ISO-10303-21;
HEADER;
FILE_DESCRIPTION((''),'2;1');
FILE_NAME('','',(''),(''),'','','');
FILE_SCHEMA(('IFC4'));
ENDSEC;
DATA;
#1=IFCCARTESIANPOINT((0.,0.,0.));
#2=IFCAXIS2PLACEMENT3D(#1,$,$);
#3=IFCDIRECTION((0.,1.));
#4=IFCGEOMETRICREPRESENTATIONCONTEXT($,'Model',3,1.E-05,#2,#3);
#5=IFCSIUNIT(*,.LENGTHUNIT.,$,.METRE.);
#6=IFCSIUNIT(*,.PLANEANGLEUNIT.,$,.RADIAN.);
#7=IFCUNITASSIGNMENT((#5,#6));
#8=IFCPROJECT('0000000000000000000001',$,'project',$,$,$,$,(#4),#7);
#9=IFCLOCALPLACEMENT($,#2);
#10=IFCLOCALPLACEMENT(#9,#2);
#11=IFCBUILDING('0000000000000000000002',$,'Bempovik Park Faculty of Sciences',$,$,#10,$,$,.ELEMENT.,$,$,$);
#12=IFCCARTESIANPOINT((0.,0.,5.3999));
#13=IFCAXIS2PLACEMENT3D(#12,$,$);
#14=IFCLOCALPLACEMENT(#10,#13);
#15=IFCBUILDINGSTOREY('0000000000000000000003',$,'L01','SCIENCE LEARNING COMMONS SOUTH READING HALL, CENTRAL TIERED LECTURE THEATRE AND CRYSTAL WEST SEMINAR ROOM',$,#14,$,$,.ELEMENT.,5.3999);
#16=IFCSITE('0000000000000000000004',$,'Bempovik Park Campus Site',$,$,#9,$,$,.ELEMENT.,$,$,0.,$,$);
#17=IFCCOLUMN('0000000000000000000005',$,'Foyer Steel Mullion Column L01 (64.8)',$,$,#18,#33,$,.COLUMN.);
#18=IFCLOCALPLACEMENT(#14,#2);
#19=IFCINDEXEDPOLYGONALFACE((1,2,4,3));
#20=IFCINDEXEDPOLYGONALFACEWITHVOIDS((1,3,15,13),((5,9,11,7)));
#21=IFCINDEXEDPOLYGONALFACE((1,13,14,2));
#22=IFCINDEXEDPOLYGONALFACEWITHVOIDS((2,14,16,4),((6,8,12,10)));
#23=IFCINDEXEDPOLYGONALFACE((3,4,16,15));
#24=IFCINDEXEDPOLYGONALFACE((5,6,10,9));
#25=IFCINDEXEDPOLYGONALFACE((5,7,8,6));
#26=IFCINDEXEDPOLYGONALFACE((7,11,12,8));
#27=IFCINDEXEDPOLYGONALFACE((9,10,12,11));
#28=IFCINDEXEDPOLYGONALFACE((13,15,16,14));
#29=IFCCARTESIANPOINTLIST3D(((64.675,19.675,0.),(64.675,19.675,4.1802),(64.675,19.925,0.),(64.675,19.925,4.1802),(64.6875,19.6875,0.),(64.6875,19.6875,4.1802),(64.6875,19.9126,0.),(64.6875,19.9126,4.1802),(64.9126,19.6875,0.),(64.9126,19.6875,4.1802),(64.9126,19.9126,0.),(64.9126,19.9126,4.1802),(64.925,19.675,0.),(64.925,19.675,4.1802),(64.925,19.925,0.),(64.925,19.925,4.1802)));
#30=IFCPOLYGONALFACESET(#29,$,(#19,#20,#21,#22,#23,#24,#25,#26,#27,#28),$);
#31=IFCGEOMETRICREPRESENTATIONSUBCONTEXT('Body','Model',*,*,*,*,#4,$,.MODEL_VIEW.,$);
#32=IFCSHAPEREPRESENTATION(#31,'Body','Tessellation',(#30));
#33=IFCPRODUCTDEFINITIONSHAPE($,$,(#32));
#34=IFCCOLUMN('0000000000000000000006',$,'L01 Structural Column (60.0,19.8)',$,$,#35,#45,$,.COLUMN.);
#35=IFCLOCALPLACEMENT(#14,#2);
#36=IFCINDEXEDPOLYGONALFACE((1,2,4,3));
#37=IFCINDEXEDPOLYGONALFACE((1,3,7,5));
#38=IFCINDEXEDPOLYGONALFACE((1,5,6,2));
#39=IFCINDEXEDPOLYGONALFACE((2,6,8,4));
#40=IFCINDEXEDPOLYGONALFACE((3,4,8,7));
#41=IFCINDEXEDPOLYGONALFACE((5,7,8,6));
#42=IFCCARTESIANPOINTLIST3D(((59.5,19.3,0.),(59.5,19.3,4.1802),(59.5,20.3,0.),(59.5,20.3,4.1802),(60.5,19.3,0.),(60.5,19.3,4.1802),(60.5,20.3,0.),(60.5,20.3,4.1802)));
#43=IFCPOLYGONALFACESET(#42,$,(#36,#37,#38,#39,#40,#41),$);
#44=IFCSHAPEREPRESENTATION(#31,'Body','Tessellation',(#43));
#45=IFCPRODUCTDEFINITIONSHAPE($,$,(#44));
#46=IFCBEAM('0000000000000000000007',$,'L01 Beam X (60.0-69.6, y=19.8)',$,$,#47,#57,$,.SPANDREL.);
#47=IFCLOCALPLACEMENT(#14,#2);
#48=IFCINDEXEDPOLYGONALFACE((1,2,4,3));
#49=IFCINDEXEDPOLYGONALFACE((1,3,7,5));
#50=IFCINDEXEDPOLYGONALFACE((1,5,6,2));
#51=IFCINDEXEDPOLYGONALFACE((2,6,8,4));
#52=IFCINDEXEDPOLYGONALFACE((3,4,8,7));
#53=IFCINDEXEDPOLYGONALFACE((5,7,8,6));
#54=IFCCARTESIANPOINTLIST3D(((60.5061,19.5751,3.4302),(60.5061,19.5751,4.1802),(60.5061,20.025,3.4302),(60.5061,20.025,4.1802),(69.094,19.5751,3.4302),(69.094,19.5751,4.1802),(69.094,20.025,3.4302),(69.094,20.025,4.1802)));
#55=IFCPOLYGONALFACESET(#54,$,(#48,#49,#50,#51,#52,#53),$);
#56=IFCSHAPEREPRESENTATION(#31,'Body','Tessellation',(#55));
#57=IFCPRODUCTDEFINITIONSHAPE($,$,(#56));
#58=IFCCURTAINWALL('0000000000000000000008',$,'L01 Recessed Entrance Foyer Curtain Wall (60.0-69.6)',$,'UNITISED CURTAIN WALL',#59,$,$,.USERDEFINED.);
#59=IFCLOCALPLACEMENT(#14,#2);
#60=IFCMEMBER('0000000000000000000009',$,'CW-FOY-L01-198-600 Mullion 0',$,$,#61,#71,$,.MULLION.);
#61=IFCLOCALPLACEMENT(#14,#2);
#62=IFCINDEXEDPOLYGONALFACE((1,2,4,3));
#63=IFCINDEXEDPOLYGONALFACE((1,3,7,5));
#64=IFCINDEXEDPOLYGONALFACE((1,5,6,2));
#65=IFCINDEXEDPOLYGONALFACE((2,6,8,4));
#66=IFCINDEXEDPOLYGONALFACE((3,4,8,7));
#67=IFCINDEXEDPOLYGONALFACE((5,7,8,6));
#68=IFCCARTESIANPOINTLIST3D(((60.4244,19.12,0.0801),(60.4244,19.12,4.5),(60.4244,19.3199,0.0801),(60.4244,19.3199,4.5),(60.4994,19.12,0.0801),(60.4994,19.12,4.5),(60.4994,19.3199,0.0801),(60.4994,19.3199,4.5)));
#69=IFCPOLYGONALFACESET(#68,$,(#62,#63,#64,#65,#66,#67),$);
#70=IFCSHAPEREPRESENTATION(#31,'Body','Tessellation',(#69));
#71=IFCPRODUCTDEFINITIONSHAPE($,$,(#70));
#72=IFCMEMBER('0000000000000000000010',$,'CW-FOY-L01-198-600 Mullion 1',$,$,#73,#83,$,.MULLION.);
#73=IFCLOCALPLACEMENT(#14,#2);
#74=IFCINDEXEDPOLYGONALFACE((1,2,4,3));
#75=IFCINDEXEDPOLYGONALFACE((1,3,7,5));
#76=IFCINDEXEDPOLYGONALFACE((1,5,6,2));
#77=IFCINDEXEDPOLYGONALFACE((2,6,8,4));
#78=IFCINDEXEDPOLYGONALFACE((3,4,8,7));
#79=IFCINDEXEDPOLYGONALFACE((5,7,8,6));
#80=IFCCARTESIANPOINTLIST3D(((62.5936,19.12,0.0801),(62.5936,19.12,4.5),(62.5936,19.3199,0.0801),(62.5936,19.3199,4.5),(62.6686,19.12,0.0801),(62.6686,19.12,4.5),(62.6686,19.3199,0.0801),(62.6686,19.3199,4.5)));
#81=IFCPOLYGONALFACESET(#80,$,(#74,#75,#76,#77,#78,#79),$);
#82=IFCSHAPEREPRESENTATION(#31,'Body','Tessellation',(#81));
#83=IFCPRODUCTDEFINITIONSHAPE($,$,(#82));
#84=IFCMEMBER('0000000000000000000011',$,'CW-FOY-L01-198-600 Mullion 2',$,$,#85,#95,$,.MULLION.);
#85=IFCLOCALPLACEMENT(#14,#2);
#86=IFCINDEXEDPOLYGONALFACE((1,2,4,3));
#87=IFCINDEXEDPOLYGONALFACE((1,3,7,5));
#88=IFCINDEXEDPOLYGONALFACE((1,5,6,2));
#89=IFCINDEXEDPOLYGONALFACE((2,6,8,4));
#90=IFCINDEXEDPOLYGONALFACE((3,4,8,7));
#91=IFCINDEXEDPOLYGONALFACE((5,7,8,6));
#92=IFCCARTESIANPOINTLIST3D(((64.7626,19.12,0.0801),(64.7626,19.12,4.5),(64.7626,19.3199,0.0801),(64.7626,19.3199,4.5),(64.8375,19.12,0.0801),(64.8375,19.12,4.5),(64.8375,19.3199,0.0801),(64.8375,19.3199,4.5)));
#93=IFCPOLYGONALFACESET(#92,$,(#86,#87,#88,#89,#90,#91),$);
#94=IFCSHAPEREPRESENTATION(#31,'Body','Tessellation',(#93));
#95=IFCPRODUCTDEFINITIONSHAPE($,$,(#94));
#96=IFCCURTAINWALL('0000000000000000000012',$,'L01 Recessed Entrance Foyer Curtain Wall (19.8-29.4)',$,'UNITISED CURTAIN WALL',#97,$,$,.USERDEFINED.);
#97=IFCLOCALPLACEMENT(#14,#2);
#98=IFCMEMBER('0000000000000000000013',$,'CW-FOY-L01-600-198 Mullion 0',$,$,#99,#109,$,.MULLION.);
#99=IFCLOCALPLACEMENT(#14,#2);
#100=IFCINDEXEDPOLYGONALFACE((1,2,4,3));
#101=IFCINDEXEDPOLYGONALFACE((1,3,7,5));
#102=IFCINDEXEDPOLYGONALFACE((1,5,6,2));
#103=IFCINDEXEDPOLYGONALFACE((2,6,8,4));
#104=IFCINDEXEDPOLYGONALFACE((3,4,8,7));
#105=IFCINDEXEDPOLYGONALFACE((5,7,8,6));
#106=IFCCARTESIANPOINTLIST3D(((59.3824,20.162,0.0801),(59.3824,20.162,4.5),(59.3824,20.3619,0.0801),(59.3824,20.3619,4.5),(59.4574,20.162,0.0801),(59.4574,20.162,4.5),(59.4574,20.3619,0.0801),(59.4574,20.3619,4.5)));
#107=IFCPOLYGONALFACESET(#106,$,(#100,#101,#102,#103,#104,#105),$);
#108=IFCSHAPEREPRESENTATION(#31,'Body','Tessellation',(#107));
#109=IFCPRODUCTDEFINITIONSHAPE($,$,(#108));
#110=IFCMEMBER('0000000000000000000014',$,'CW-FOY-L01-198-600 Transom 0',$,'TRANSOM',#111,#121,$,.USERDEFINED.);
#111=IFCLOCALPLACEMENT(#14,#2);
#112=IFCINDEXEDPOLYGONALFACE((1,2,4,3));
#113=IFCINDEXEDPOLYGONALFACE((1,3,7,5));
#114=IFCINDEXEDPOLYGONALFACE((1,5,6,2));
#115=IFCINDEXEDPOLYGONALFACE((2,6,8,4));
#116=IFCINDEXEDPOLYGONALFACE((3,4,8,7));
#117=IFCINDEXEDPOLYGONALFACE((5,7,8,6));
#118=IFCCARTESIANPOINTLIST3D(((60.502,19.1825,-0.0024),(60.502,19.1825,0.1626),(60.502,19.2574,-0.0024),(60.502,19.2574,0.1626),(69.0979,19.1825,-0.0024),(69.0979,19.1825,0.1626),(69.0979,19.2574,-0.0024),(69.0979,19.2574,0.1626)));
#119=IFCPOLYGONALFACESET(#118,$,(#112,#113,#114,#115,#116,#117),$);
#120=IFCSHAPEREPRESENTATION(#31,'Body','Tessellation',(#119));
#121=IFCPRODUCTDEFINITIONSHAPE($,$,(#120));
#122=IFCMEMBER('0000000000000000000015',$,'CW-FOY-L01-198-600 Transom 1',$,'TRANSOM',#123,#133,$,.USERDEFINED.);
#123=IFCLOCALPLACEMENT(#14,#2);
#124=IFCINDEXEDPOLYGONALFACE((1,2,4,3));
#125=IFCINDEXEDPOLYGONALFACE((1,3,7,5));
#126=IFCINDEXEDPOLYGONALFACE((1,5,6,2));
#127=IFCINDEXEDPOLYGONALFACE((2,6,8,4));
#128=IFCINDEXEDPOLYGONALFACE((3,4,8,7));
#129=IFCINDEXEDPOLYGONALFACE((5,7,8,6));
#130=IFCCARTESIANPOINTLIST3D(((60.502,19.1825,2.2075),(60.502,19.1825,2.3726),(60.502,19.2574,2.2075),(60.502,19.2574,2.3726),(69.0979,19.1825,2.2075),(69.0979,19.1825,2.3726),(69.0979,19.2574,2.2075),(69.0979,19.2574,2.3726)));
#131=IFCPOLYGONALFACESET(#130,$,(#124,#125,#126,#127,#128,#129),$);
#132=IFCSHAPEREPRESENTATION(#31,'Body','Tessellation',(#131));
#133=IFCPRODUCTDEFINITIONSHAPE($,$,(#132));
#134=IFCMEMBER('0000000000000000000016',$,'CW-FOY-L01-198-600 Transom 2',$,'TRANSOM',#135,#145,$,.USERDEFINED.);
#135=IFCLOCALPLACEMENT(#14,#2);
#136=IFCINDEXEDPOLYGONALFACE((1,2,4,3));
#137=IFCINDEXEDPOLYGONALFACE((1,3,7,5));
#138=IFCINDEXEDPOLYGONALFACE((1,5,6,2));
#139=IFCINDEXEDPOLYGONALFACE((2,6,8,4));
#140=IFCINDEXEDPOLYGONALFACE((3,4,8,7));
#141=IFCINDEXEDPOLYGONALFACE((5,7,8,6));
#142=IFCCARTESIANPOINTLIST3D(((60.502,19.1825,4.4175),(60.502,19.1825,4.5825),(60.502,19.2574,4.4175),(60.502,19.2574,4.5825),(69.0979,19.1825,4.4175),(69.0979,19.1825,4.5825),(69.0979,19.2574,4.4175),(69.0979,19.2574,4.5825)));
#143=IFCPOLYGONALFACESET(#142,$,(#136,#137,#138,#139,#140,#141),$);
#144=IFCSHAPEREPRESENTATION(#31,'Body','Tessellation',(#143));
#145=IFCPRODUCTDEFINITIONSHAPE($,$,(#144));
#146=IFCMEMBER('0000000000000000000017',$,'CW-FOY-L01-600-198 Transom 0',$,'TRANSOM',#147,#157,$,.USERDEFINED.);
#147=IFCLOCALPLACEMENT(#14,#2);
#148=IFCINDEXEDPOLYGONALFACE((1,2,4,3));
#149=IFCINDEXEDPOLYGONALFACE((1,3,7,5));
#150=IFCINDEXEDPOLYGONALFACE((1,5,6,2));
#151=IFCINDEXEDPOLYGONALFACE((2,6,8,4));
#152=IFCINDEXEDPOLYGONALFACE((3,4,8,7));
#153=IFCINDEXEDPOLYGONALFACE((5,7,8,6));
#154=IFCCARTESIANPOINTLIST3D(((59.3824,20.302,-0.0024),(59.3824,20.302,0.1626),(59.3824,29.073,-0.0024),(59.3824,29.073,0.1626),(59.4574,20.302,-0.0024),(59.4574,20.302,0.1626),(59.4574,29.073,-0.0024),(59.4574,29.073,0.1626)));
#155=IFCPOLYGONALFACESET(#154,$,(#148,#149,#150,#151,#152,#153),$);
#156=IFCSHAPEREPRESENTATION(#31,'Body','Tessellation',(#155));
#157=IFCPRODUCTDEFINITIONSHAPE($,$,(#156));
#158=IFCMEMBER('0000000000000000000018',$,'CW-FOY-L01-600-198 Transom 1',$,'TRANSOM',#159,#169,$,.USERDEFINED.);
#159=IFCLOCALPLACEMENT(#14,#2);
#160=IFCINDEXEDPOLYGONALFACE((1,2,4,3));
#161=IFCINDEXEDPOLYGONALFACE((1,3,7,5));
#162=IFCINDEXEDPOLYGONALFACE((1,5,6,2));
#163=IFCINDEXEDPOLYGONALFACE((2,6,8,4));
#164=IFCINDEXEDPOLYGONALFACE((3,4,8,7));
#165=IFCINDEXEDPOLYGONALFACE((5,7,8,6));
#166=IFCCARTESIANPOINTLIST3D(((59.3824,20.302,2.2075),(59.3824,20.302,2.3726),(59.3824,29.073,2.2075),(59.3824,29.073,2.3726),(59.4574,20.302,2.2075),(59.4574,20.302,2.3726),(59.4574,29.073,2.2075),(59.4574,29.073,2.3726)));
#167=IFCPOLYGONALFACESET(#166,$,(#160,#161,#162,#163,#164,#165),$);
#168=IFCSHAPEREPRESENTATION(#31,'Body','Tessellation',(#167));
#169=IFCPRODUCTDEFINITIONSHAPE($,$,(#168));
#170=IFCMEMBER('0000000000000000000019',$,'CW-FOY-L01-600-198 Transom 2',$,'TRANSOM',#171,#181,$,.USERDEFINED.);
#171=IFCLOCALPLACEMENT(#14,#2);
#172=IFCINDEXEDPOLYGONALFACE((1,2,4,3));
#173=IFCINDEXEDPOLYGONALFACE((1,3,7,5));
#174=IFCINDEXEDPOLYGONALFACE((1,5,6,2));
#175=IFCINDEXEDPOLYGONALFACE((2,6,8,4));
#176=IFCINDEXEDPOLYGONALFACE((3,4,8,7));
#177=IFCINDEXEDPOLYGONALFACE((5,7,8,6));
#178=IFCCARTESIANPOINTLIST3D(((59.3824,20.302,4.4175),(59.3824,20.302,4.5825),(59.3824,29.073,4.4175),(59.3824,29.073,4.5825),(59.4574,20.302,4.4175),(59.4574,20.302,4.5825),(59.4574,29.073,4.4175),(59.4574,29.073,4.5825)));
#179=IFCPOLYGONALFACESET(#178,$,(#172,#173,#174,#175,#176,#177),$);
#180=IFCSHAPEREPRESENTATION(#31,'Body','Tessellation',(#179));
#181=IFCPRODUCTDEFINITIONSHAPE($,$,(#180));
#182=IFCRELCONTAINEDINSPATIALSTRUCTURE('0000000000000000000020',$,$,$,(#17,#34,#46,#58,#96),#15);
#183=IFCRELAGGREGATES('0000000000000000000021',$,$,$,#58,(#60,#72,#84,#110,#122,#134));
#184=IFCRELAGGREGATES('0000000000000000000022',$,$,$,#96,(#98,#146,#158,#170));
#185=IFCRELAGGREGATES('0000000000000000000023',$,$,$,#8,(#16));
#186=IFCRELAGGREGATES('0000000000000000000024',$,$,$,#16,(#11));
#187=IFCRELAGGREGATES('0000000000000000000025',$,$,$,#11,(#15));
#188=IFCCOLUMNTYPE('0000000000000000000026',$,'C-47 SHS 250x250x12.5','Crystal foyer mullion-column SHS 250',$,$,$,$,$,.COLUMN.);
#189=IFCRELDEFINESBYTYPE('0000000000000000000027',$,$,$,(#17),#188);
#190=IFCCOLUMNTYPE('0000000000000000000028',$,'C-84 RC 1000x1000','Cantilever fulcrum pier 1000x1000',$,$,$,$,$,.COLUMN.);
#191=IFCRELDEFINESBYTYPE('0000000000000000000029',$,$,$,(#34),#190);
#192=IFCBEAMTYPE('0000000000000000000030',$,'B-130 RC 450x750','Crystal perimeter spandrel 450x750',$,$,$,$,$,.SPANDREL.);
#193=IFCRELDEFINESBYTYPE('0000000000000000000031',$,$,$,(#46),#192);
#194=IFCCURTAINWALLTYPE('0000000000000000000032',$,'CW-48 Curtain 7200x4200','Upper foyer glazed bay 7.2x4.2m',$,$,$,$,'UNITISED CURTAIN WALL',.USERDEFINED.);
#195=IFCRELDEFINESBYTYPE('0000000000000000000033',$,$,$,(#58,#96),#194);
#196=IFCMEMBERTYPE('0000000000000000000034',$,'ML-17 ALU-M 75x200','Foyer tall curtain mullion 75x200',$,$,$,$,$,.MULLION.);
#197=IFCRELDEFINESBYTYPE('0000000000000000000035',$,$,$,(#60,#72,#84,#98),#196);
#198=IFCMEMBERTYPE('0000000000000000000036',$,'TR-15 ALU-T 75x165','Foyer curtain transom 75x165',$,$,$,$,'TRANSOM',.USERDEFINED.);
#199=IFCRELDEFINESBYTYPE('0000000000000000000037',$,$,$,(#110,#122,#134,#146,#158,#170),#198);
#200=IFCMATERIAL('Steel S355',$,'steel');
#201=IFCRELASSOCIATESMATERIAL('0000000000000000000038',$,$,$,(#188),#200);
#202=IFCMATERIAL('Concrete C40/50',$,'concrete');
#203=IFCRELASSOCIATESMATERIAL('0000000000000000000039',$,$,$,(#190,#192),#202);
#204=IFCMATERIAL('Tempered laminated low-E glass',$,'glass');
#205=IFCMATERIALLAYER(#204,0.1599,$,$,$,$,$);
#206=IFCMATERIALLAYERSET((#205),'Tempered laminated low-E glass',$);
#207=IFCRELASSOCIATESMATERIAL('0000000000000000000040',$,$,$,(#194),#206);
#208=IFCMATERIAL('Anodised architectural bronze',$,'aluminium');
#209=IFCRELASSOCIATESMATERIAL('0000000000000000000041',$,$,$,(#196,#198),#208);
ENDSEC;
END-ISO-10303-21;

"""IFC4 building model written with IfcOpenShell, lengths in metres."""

from ifc_helpers import new_model, si_unit, direction, frame, origin, origin_2d, place, context, subcontext, project, spatial, rectangle, hollow_rectangle, extrude, material, layer, layer_set, material_profile, profile_set, type_object, element, aggregate, save


model = new_model("IFC4")

# Units and contexts
model_context = context("Model", 3, precision=1e-05, world=origin(), true_north=direction((0.0, 1.0)))
body_context = subcontext(model_context, "Body", "Model", "MODEL_VIEW")
ifc_project = project(units=[si_unit("LENGTHUNIT", "METRE"), si_unit("PLANEANGLEUNIT", "RADIAN")], contexts=[model_context])

# Site, building, storey
site_placement = place(None, origin())
site = spatial("IfcSite", under=ifc_project, at=site_placement, Name="Bempovik Park Campus Site", CompositionType="ELEMENT", RefElevation=0.0)
building_placement = place(site_placement, origin())
building = spatial("IfcBuilding", under=site, at=building_placement, Name="Bempovik Park Faculty of Sciences", CompositionType="ELEMENT")
storey_placement = place(building_placement, frame((0.0, 0.0, 5.3999)))
storey = spatial("IfcBuildingStorey", under=building, at=storey_placement, Name="L01", Description="SCIENCE LEARNING COMMONS SOUTH READING HALL, CENTRAL TIERED LECTURE THEATRE AND CRYSTAL WEST SEMINAR ROOM", CompositionType="ELEMENT", Elevation=5.3999)

# Columns
ifc_material_1 = material(Name="Steel S355", Category="steel")
ifc_material_profile_1 = material_profile(ifc_material_1, hollow_rectangle(XDim=0.25, YDim=0.25, WallThickness=0.0125, at=origin_2d()), Name="SHS 250x250x12.5")
ifc_profile_set_1 = profile_set([ifc_material_profile_1], Name="Steel S355")
column_type_1 = type_object("IfcColumnType", Name="C-47 SHS 250x250x12.5", Description="Crystal foyer mullion-column SHS 250", PredefinedType="COLUMN", material=ifc_profile_set_1)
column_1_placement = place(storey_placement, frame((64.8, 19.8, 0.0), z_axis=(0.0, 0.0, 1.0), x_axis=(1.0, 0.0, 0.0)))
element("IfcColumn", 1, at=column_1_placement, inside=storey, type_object=column_type_1, Name="Foyer Steel Mullion Column L01 (64.8)", PredefinedType="COLUMN", context=body_context, shape_type="SweptSolid", body=[
    extrude(hollow_rectangle(XDim=0.25, YDim=0.25, WallThickness=0.0125, at=origin_2d()), origin(), (0.0, 0.0, 1.0), 4.1802),
])
ifc_material_2 = material(Name="Concrete C40/50", Category="concrete")
ifc_material_profile_2 = material_profile(ifc_material_2, rectangle(XDim=1.0, YDim=1.0, at=origin_2d()), Name="RC 1000x1000")
ifc_profile_set_2 = profile_set([ifc_material_profile_2], Name="Concrete C40/50")
column_type_2 = type_object("IfcColumnType", Name="C-84 RC 1000x1000", Description="Cantilever fulcrum pier 1000x1000", PredefinedType="COLUMN", material=ifc_profile_set_2)
column_2_placement = place(storey_placement, frame((60.0, 19.8, 0.0), z_axis=(0.0, 0.0, 1.0), x_axis=(1.0, 0.0, 0.0)))
element("IfcColumn", 2, at=column_2_placement, inside=storey, type_object=column_type_2, Name="L01 Structural Column (60.0,19.8)", PredefinedType="COLUMN", context=body_context, shape_type="SweptSolid", body=[
    extrude(rectangle(XDim=1.0, YDim=1.0, at=origin_2d()), origin(), (0.0, 0.0, 1.0), 4.1802),
])

# Beam
ifc_material_profile_3 = material_profile(ifc_material_2, rectangle(XDim=0.45, YDim=0.75, at=origin_2d()), Name="RC 450x750")
ifc_profile_set_3 = profile_set([ifc_material_profile_3], Name="Concrete C40/50")
beam_type = type_object("IfcBeamType", Name="B-130 RC 450x750", Description="Crystal perimeter spandrel 450x750", PredefinedType="SPANDREL", material=ifc_profile_set_3)
beam_placement = place(storey_placement, frame((60.5061, 19.8, 3.8052), z_axis=(1.0, 0.0, 0.0), x_axis=(0.0, 1.0, 0.0)))
element("IfcBeam", 3, at=beam_placement, inside=storey, type_object=beam_type, Name="L01 Beam X (60.0-69.6, y=19.8)", PredefinedType="SPANDREL", context=body_context, shape_type="SweptSolid", body=[
    extrude(rectangle(XDim=0.45, YDim=0.75, at=origin_2d()), origin(), (0.0, 0.0, 1.0), 8.5879),
])

# Curtain wall, members
ifc_material_3 = material(Name="Tempered laminated low-E glass", Category="glass")
ifc_layer_1 = layer(ifc_material_3, 0.1599)
ifc_layer_set_1 = layer_set([ifc_layer_1], Name="Tempered laminated low-E glass")
curtain_wall_type = type_object("IfcCurtainWallType", Name="CW-48 Curtain 7200x4200", Description="Upper foyer glazed bay 7.2x4.2m", ElementType="UNITISED CURTAIN WALL", PredefinedType="USERDEFINED", material=ifc_layer_set_1)
curtain_wall_1_placement = place(storey_placement, origin())
curtain_wall_1 = element("IfcCurtainWall", 4, at=curtain_wall_1_placement, inside=storey, type_object=curtain_wall_type, Name="L01 Recessed Entrance Foyer Curtain Wall (60.0-69.6)", ObjectType="UNITISED CURTAIN WALL", PredefinedType="USERDEFINED")
ifc_material_4 = material(Name="Anodised architectural bronze", Category="aluminium")
ifc_material_profile_4 = material_profile(ifc_material_4, rectangle(XDim=0.075, YDim=0.2, at=origin_2d()), Name="ALU-M 75x200")
ifc_profile_set_4 = profile_set([ifc_material_profile_4], Name="Anodised architectural bronze")
member_type_1 = type_object("IfcMemberType", Name="ML-17 ALU-M 75x200", Description="Foyer tall curtain mullion 75x200", PredefinedType="MULLION", material=ifc_profile_set_4)
member_1_placement = place(storey_placement, frame((60.4619, 19.22, 0.0801), z_axis=(0.0, 0.0, 1.0), x_axis=(1.0, 0.0, 0.0)))
member_1 = element("IfcMember", 5, at=member_1_placement, type_object=member_type_1, Name="CW-FOY-L01-198-600 Mullion 0", PredefinedType="MULLION", context=body_context, shape_type="SweptSolid", body=[
    extrude(rectangle(XDim=0.075, YDim=0.2, at=origin_2d()), origin(), (0.0, 0.0, 1.0), 4.4199),
])
member_2_placement = place(storey_placement, frame((62.6311, 19.22, 0.0801), z_axis=(0.0, 0.0, 1.0), x_axis=(1.0, 0.0, 0.0)))
member_2 = element("IfcMember", 6, at=member_2_placement, type_object=member_type_1, Name="CW-FOY-L01-198-600 Mullion 1", PredefinedType="MULLION", context=body_context, shape_type="SweptSolid", body=[
    extrude(rectangle(XDim=0.075, YDim=0.2, at=origin_2d()), origin(), (0.0, 0.0, 1.0), 4.4199),
])
member_3_placement = place(storey_placement, frame((64.8, 19.22, 0.0801), z_axis=(0.0, 0.0, 1.0), x_axis=(1.0, 0.0, 0.0)))
member_3 = element("IfcMember", 7, at=member_3_placement, type_object=member_type_1, Name="CW-FOY-L01-198-600 Mullion 2", PredefinedType="MULLION", context=body_context, shape_type="SweptSolid", body=[
    extrude(rectangle(XDim=0.075, YDim=0.2, at=origin_2d()), origin(), (0.0, 0.0, 1.0), 4.4199),
])

# Curtain wall, member
curtain_wall_2_placement = place(storey_placement, origin())
curtain_wall_2 = element("IfcCurtainWall", 8, at=curtain_wall_2_placement, inside=storey, type_object=curtain_wall_type, Name="L01 Recessed Entrance Foyer Curtain Wall (19.8-29.4)", ObjectType="UNITISED CURTAIN WALL", PredefinedType="USERDEFINED")
member_4_placement = place(storey_placement, frame((59.4199, 20.262, 0.0801), z_axis=(0.0, 0.0, 1.0), x_axis=(1.0, 0.0, 0.0)))
member_4 = element("IfcMember", 9, at=member_4_placement, type_object=member_type_1, Name="CW-FOY-L01-600-198 Mullion 0", PredefinedType="MULLION", context=body_context, shape_type="SweptSolid", body=[
    extrude(rectangle(XDim=0.075, YDim=0.2, at=origin_2d()), origin(), (0.0, 0.0, 1.0), 4.4199),
])

# Members
ifc_material_profile_5 = material_profile(ifc_material_4, rectangle(XDim=0.075, YDim=0.165, at=origin_2d()), Name="ALU-T 75x165")
ifc_profile_set_5 = profile_set([ifc_material_profile_5], Name="Anodised architectural bronze")
member_type_2 = type_object("IfcMemberType", Name="TR-15 ALU-T 75x165", Description="Foyer curtain transom 75x165", ElementType="TRANSOM", PredefinedType="USERDEFINED", material=ifc_profile_set_5)
member_5_placement = place(storey_placement, frame((60.502, 19.22, 0.0801), z_axis=(1.0, 0.0, 0.0), x_axis=(0.0, 1.0, 0.0)))
member_5 = element("IfcMember", 10, at=member_5_placement, type_object=member_type_2, Name="CW-FOY-L01-198-600 Transom 0", ObjectType="TRANSOM", PredefinedType="USERDEFINED", context=body_context, shape_type="SweptSolid", body=[
    extrude(rectangle(XDim=0.075, YDim=0.165, at=origin_2d()), origin(), (0.0, 0.0, 1.0), 8.5959),
])
member_6_placement = place(storey_placement, frame((60.502, 19.22, 2.29), z_axis=(1.0, 0.0, 0.0), x_axis=(0.0, 1.0, 0.0)))
member_6 = element("IfcMember", 11, at=member_6_placement, type_object=member_type_2, Name="CW-FOY-L01-198-600 Transom 1", ObjectType="TRANSOM", PredefinedType="USERDEFINED", context=body_context, shape_type="SweptSolid", body=[
    extrude(rectangle(XDim=0.075, YDim=0.165, at=origin_2d()), origin(), (0.0, 0.0, 1.0), 8.5959),
])
member_7_placement = place(storey_placement, frame((60.502, 19.22, 4.5), z_axis=(1.0, 0.0, 0.0), x_axis=(0.0, 1.0, 0.0)))
member_7 = element("IfcMember", 12, at=member_7_placement, type_object=member_type_2, Name="CW-FOY-L01-198-600 Transom 2", ObjectType="TRANSOM", PredefinedType="USERDEFINED", context=body_context, shape_type="SweptSolid", body=[
    extrude(rectangle(XDim=0.075, YDim=0.165, at=origin_2d()), origin(), (0.0, 0.0, 1.0), 8.5959),
])
member_8_placement = place(storey_placement, frame((59.4199, 20.302, 0.0801), z_axis=(0.0, 1.0, 0.0), x_axis=(-1.0, 0.0, 0.0)))
member_8 = element("IfcMember", 13, at=member_8_placement, type_object=member_type_2, Name="CW-FOY-L01-600-198 Transom 0", ObjectType="TRANSOM", PredefinedType="USERDEFINED", context=body_context, shape_type="SweptSolid", body=[
    extrude(rectangle(XDim=0.075, YDim=0.165, at=origin_2d()), origin(), (0.0, 0.0, 1.0), 8.771),
])
member_9_placement = place(storey_placement, frame((59.4199, 20.302, 2.29), z_axis=(0.0, 1.0, 0.0), x_axis=(-1.0, 0.0, 0.0)))
member_9 = element("IfcMember", 14, at=member_9_placement, type_object=member_type_2, Name="CW-FOY-L01-600-198 Transom 1", ObjectType="TRANSOM", PredefinedType="USERDEFINED", context=body_context, shape_type="SweptSolid", body=[
    extrude(rectangle(XDim=0.075, YDim=0.165, at=origin_2d()), origin(), (0.0, 0.0, 1.0), 8.771),
])
member_10_placement = place(storey_placement, frame((59.4199, 20.302, 4.5), z_axis=(0.0, 1.0, 0.0), x_axis=(-1.0, 0.0, 0.0)))
member_10 = element("IfcMember", 15, at=member_10_placement, type_object=member_type_2, Name="CW-FOY-L01-600-198 Transom 2", ObjectType="TRANSOM", PredefinedType="USERDEFINED", context=body_context, shape_type="SweptSolid", body=[
    extrude(rectangle(XDim=0.075, YDim=0.165, at=origin_2d()), origin(), (0.0, 0.0, 1.0), 8.771),
])

aggregate(curtain_wall_1, [member_1, member_2, member_3, member_5, member_6, member_7])
aggregate(curtain_wall_2, [member_4, member_8, member_9, member_10])

save(model, "model.ifc")
